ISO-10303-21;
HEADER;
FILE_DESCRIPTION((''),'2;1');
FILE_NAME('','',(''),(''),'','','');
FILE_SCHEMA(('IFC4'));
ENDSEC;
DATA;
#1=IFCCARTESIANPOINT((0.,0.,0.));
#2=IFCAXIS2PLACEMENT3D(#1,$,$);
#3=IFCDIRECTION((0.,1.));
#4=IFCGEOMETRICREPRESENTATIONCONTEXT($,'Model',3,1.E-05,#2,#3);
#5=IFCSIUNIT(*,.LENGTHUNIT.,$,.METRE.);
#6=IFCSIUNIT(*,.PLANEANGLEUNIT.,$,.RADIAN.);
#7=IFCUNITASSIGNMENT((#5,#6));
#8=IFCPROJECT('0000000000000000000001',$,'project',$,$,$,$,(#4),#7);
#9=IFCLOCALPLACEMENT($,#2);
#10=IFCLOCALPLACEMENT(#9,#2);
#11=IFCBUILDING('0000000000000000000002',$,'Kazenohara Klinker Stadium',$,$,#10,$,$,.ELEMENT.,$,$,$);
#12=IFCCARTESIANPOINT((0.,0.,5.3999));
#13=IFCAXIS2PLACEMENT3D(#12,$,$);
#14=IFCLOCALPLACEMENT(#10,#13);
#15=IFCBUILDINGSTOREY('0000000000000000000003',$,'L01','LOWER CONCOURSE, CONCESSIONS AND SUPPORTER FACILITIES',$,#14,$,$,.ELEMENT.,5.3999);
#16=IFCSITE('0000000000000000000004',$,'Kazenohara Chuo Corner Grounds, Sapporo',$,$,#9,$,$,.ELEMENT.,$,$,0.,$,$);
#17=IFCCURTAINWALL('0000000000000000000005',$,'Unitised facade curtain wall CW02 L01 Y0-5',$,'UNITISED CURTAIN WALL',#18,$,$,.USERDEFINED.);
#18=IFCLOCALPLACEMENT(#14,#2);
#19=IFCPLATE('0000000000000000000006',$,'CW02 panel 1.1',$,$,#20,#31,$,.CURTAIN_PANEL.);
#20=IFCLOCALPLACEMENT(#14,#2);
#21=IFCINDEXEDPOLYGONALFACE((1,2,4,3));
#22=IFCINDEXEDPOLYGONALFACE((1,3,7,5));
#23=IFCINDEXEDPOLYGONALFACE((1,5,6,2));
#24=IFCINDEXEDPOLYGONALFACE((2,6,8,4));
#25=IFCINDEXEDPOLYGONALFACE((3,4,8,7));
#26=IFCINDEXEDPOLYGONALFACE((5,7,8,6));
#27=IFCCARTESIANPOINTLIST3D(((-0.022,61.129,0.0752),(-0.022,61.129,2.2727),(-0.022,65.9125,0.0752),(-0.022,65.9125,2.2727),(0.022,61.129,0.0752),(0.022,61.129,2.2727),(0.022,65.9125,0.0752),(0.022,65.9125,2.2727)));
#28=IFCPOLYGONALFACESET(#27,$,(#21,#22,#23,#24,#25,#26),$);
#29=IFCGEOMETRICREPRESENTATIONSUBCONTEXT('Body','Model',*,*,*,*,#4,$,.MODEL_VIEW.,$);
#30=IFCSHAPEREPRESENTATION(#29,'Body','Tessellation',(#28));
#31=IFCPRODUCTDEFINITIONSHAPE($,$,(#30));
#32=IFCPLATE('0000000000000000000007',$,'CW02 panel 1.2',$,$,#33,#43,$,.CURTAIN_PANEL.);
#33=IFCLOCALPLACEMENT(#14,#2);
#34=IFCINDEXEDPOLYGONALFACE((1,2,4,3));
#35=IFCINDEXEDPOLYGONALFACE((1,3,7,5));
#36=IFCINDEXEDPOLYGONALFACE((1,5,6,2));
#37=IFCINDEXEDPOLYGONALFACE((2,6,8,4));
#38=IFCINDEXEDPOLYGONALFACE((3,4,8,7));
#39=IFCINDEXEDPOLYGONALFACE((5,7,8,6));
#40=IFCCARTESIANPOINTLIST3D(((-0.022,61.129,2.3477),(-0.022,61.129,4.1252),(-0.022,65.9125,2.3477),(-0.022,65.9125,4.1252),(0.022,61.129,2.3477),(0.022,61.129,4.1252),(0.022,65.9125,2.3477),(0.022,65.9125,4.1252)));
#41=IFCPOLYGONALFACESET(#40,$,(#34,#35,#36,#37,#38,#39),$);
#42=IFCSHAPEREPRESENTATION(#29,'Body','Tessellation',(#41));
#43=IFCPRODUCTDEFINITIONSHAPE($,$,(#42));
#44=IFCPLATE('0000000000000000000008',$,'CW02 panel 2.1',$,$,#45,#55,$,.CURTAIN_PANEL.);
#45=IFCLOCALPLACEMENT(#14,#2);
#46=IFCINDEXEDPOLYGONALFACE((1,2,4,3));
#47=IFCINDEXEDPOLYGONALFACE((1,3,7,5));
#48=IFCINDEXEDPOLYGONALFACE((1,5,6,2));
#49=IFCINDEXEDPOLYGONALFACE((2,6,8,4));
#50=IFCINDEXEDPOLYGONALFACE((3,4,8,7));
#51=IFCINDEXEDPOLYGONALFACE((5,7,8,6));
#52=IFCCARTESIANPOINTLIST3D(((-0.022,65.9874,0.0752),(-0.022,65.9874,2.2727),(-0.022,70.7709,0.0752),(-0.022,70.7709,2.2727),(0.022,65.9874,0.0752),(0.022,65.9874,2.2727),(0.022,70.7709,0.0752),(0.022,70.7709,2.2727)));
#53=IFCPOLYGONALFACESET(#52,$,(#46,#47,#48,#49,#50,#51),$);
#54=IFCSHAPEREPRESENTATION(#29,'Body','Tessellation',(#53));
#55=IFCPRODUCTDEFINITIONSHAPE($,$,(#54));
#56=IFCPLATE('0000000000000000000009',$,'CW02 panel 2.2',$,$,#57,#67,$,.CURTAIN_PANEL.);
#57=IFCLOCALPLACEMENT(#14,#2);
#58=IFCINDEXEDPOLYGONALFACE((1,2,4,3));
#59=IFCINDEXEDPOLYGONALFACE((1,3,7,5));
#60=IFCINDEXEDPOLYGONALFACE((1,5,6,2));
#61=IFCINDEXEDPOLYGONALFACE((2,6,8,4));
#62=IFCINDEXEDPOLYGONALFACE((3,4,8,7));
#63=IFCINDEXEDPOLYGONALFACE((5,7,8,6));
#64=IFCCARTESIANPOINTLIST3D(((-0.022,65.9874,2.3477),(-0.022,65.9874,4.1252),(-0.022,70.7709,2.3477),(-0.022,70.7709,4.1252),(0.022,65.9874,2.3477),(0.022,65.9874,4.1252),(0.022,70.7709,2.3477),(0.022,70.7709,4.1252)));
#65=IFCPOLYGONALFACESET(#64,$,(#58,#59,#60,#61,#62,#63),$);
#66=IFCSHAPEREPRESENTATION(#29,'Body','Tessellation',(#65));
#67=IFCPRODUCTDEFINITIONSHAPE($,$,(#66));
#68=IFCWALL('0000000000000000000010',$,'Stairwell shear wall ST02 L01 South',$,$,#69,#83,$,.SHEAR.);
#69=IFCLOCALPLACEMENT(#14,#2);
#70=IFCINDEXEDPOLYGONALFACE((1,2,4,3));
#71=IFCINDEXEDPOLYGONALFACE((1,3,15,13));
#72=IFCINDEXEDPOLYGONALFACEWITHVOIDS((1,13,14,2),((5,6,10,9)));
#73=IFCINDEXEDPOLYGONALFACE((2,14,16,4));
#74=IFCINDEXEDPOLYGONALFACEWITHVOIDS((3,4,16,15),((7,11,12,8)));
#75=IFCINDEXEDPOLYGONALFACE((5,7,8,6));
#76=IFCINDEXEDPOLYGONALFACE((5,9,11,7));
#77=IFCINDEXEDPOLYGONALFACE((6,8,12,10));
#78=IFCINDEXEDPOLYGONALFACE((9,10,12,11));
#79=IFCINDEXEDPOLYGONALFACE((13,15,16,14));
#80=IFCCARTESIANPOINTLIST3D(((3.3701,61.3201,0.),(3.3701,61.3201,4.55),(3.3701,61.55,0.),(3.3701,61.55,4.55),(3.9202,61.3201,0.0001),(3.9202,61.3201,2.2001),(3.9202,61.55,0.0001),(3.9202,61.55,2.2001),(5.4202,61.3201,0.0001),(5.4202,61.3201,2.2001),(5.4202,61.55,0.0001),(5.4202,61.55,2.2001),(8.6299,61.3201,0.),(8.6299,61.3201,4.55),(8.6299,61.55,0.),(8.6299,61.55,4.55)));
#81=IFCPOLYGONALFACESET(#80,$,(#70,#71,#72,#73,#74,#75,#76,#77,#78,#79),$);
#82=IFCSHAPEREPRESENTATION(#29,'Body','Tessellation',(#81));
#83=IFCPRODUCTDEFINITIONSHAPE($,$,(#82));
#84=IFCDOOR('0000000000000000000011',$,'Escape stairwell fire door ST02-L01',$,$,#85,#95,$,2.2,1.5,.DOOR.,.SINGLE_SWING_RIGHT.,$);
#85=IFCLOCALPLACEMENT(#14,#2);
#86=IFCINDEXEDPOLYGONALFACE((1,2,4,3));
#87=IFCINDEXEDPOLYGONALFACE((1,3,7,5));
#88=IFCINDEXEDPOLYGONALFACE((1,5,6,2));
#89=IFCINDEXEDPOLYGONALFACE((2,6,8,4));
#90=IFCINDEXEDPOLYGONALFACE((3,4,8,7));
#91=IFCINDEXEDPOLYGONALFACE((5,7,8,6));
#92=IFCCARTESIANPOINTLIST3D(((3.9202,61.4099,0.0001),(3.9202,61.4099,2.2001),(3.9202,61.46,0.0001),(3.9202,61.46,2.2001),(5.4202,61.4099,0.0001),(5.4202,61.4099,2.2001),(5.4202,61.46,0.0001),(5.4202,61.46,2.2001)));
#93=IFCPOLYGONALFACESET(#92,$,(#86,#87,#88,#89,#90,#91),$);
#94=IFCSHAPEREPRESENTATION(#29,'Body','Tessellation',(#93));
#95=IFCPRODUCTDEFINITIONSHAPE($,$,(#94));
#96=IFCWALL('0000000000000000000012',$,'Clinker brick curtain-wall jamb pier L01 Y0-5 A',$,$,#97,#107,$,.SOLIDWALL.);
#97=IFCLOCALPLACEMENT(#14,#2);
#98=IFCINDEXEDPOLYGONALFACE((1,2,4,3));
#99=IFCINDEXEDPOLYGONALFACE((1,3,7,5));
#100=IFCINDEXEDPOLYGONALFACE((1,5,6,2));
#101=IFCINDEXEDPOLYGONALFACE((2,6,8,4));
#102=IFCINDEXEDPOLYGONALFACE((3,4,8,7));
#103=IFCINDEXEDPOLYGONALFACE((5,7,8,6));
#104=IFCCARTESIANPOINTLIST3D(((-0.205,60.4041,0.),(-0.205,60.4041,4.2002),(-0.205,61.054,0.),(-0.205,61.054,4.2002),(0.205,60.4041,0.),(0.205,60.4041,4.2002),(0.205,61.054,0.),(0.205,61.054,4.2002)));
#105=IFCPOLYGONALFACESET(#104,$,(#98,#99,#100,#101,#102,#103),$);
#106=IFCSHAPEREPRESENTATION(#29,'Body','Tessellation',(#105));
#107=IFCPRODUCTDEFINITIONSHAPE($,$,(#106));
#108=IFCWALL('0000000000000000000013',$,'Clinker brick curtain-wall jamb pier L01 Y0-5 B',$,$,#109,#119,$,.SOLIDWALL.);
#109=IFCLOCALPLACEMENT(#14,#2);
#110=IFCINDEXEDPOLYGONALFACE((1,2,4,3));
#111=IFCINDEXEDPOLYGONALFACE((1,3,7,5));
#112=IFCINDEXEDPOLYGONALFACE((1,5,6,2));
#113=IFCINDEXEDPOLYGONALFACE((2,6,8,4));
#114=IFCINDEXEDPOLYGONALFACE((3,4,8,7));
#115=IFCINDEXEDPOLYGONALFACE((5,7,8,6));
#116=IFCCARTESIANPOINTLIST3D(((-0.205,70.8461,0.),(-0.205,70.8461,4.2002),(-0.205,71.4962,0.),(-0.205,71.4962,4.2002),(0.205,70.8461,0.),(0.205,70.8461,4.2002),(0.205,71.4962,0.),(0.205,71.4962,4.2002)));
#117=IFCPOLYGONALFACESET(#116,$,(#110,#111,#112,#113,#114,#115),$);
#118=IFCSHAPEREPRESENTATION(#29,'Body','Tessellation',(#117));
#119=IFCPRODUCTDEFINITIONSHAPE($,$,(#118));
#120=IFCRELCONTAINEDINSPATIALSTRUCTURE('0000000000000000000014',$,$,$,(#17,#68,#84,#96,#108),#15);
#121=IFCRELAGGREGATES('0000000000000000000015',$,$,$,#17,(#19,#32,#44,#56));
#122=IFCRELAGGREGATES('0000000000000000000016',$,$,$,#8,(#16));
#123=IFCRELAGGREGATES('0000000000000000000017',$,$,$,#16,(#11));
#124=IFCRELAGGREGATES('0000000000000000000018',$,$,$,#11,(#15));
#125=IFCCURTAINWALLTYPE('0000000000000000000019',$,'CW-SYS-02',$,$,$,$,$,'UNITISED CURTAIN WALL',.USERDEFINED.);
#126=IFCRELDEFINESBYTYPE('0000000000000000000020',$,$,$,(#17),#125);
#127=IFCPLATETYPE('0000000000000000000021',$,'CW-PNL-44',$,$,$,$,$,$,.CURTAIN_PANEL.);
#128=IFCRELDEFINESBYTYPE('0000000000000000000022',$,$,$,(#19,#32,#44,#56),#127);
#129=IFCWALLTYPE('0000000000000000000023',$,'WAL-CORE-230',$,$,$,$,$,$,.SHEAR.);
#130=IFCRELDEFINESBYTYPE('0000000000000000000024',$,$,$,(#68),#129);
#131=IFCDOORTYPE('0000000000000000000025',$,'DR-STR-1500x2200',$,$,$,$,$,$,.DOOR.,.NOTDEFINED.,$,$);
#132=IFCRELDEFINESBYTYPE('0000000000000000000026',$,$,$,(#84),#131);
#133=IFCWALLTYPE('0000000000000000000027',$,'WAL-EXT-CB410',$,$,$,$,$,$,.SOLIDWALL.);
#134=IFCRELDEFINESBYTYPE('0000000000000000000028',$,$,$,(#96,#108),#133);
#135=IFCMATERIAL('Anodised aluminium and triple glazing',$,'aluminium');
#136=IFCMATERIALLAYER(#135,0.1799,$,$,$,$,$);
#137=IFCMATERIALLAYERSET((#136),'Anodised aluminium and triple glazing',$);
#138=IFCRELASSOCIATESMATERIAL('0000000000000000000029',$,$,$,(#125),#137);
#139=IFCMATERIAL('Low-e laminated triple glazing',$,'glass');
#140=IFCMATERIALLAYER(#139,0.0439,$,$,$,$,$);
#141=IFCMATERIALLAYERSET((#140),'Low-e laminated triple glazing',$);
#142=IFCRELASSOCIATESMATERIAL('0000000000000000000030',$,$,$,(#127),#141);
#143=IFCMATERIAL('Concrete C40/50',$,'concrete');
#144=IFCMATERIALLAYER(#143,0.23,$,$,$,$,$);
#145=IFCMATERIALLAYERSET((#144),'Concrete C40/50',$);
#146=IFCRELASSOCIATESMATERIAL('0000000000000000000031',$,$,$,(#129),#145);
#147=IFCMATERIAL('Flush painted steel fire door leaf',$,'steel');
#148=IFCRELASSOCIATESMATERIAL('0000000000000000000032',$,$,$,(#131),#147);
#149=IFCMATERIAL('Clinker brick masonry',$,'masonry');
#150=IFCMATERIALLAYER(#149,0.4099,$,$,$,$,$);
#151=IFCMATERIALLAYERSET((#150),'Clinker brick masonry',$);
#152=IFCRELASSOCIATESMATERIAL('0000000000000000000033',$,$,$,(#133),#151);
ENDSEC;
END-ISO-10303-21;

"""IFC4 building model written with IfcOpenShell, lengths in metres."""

from ifc_helpers import new_model, si_unit, direction, frame, frame_2d, origin, origin_2d, place, context, subcontext, project, spatial, rectangle, extrude, material, layer, layer_set, type_object, element, fill, aggregate, save


model = new_model("IFC4")

# Units and contexts
model_context = context("Model", 3, precision=1e-05, world=origin(), true_north=direction((0.0, 1.0)))
body_context = subcontext(model_context, "Body", "Model", "MODEL_VIEW")
ifc_project = project(units=[si_unit("LENGTHUNIT", "METRE"), si_unit("PLANEANGLEUNIT", "RADIAN")], contexts=[model_context])

# Site, building, storey
site_placement = place(None, origin())
site = spatial("IfcSite", under=ifc_project, at=site_placement, Name="Kazenohara Chuo Corner Grounds, Sapporo", CompositionType="ELEMENT", RefElevation=0.0)
building_placement = place(site_placement, origin())
building = spatial("IfcBuilding", under=site, at=building_placement, Name="Kazenohara Klinker Stadium", CompositionType="ELEMENT")
storey_placement = place(building_placement, frame((0.0, 0.0, 5.3999)))
storey = spatial("IfcBuildingStorey", under=building, at=storey_placement, Name="L01", Description="LOWER CONCOURSE, CONCESSIONS AND SUPPORTER FACILITIES", CompositionType="ELEMENT", Elevation=5.3999)

# Shared definitions
ifc_material_1 = material(Name="Concrete C40/50", Category="concrete")

# Curtain wall, plates
ifc_material_2 = material(Name="Anodised aluminium and triple glazing", Category="aluminium")
ifc_layer_1 = layer(ifc_material_2, 0.1799)
ifc_layer_set_1 = layer_set([ifc_layer_1], Name="Anodised aluminium and triple glazing")
curtain_wall_type = type_object("IfcCurtainWallType", Name="CW-SYS-02", ElementType="UNITISED CURTAIN WALL", PredefinedType="USERDEFINED", material=ifc_layer_set_1)
curtain_wall_placement = place(storey_placement, origin())
curtain_wall = element("IfcCurtainWall", 1, at=curtain_wall_placement, inside=storey, type_object=curtain_wall_type, Name="Unitised facade curtain wall CW02 L01 Y0-5", ObjectType="UNITISED CURTAIN WALL", PredefinedType="USERDEFINED")
ifc_material_3 = material(Name="Low-e laminated triple glazing", Category="glass")
ifc_layer_2 = layer(ifc_material_3, 0.0439)
ifc_layer_set_2 = layer_set([ifc_layer_2], Name="Low-e laminated triple glazing")
plate_type = type_object("IfcPlateType", Name="CW-PNL-44", PredefinedType="CURTAIN_PANEL", material=ifc_layer_set_2)
plate_1_placement = place(storey_placement, frame((0.0, 63.5208, 0.0752), z_axis=(0.0, 0.0, 1.0), x_axis=(0.0, 1.0, 0.0)))
plate_1 = element("IfcPlate", 2, at=plate_1_placement, type_object=plate_type, Name="CW02 panel 1.1", PredefinedType="CURTAIN_PANEL", context=body_context, shape_type="SweptSolid", body=[
    extrude(rectangle(XDim=4.7834, YDim=0.0439, at=origin_2d()), origin(), (0.0, 0.0, 1.0), 2.1975),
])
plate_2_placement = place(storey_placement, frame((0.0, 63.5208, 2.3477), z_axis=(0.0, 0.0, 1.0), x_axis=(0.0, 1.0, 0.0)))
plate_2 = element("IfcPlate", 3, at=plate_2_placement, type_object=plate_type, Name="CW02 panel 1.2", PredefinedType="CURTAIN_PANEL", context=body_context, shape_type="SweptSolid", body=[
    extrude(rectangle(XDim=4.7834, YDim=0.0439, at=origin_2d()), origin(), (0.0, 0.0, 1.0), 1.7776),
])
plate_3_placement = place(storey_placement, frame((0.0, 68.3792, 0.0752), z_axis=(0.0, 0.0, 1.0), x_axis=(0.0, 1.0, 0.0)))
plate_3 = element("IfcPlate", 4, at=plate_3_placement, type_object=plate_type, Name="CW02 panel 2.1", PredefinedType="CURTAIN_PANEL", context=body_context, shape_type="SweptSolid", body=[
    extrude(rectangle(XDim=4.7834, YDim=0.0439, at=origin_2d()), origin(), (0.0, 0.0, 1.0), 2.1975),
])
plate_4_placement = place(storey_placement, frame((0.0, 68.3792, 2.3477), z_axis=(0.0, 0.0, 1.0), x_axis=(0.0, 1.0, 0.0)))
plate_4 = element("IfcPlate", 5, at=plate_4_placement, type_object=plate_type, Name="CW02 panel 2.2", PredefinedType="CURTAIN_PANEL", context=body_context, shape_type="SweptSolid", body=[
    extrude(rectangle(XDim=4.7834, YDim=0.0439, at=origin_2d()), origin(), (0.0, 0.0, 1.0), 1.7776),
])
aggregate(curtain_wall, [plate_1, plate_2, plate_3, plate_4])

# Wall, opening, door
ifc_layer_3 = layer(ifc_material_1, 0.23)
ifc_layer_set_3 = layer_set([ifc_layer_3], Name="Concrete C40/50")
wall_type_1 = type_object("IfcWallType", Name="WAL-CORE-230", PredefinedType="SHEAR", material=ifc_layer_set_3)
wall_1_placement = place(storey_placement, frame((3.3701, 61.4351, 0.0), z_axis=(0.0, 0.0, 1.0), x_axis=(1.0, 0.0, 0.0)))
wall_1 = element("IfcWall", 6, at=wall_1_placement, inside=storey, type_object=wall_type_1, Name="Stairwell shear wall ST02 L01 South", PredefinedType="SHEAR", context=body_context, shape_type="SweptSolid", body=[
    extrude(rectangle(XDim=5.2598, YDim=0.23, at=frame_2d((2.6299, 0.0))), origin(), (0.0, 0.0, 1.0), 4.55),
])
opening_placement = place(wall_1_placement, frame((0.55, 0.0, 0.0)))
opening = element("IfcOpeningElement", 7, at=opening_placement, cuts=wall_1, PredefinedType="OPENING", context=body_context, shape_type="SweptSolid", body=[
    extrude(rectangle(XDim=1.5, YDim=2.2, at=frame_2d((0.75, 1.1001))), frame((0.0, 0.125, 0.0), z_axis=(0.0, -1.0, 0.0), x_axis=(1.0, 0.0, 0.0)), (0.0, 0.0, 1.0), 0.25),
])
ifc_material_4 = material(Name="Flush painted steel fire door leaf", Category="steel")
door_type = type_object("IfcDoorType", Name="DR-STR-1500x2200", OperationType="NOTDEFINED", PredefinedType="DOOR", material=ifc_material_4)
door_placement = place(opening_placement, origin())
door = element("IfcDoor", 8, at=door_placement, inside=storey, type_object=door_type, Name="Escape stairwell fire door ST02-L01", OperationType="SINGLE_SWING_RIGHT", OverallHeight=2.2, OverallWidth=1.5, PredefinedType="DOOR", context=body_context, shape_type="SweptSolid", body=[
    extrude(rectangle(XDim=1.5, YDim=2.2, at=frame_2d((0.75, 1.1001))), frame((0.0, 0.0249, 0.0), z_axis=(0.0, -1.0, 0.0), x_axis=(1.0, 0.0, 0.0)), (0.0, 0.0, 1.0), 0.05),
])
fill(opening, door)

# Walls
ifc_material_5 = material(Name="Clinker brick masonry", Category="masonry")
ifc_layer_4 = layer(ifc_material_5, 0.4099)
ifc_layer_set_4 = layer_set([ifc_layer_4], Name="Clinker brick masonry")
wall_type_2 = type_object("IfcWallType", Name="WAL-EXT-CB410", PredefinedType="SOLIDWALL", material=ifc_layer_set_4)
wall_2_placement = place(storey_placement, frame((0.0, 60.4041, 0.0), z_axis=(0.0, 0.0, 1.0), x_axis=(0.0, 1.0, 0.0)))
element("IfcWall", 9, at=wall_2_placement, inside=storey, type_object=wall_type_2, Name="Clinker brick curtain-wall jamb pier L01 Y0-5 A", PredefinedType="SOLIDWALL", context=body_context, shape_type="SweptSolid", body=[
    extrude(rectangle(XDim=0.6499, YDim=0.4099, at=frame_2d((0.325, 0.0))), origin(), (0.0, 0.0, 1.0), 4.2002),
])
wall_3_placement = place(storey_placement, frame((0.0, 70.8459, 0.0), z_axis=(0.0, 0.0, 1.0), x_axis=(0.0, 1.0, 0.0)))
element("IfcWall", 10, at=wall_3_placement, inside=storey, type_object=wall_type_2, Name="Clinker brick curtain-wall jamb pier L01 Y0-5 B", PredefinedType="SOLIDWALL", context=body_context, shape_type="SweptSolid", body=[
    extrude(rectangle(XDim=0.6501, YDim=0.4099, at=frame_2d((0.3252, 0.0))), origin(), (0.0, 0.0, 1.0), 4.2002),
])

save(model, "model.ifc")
